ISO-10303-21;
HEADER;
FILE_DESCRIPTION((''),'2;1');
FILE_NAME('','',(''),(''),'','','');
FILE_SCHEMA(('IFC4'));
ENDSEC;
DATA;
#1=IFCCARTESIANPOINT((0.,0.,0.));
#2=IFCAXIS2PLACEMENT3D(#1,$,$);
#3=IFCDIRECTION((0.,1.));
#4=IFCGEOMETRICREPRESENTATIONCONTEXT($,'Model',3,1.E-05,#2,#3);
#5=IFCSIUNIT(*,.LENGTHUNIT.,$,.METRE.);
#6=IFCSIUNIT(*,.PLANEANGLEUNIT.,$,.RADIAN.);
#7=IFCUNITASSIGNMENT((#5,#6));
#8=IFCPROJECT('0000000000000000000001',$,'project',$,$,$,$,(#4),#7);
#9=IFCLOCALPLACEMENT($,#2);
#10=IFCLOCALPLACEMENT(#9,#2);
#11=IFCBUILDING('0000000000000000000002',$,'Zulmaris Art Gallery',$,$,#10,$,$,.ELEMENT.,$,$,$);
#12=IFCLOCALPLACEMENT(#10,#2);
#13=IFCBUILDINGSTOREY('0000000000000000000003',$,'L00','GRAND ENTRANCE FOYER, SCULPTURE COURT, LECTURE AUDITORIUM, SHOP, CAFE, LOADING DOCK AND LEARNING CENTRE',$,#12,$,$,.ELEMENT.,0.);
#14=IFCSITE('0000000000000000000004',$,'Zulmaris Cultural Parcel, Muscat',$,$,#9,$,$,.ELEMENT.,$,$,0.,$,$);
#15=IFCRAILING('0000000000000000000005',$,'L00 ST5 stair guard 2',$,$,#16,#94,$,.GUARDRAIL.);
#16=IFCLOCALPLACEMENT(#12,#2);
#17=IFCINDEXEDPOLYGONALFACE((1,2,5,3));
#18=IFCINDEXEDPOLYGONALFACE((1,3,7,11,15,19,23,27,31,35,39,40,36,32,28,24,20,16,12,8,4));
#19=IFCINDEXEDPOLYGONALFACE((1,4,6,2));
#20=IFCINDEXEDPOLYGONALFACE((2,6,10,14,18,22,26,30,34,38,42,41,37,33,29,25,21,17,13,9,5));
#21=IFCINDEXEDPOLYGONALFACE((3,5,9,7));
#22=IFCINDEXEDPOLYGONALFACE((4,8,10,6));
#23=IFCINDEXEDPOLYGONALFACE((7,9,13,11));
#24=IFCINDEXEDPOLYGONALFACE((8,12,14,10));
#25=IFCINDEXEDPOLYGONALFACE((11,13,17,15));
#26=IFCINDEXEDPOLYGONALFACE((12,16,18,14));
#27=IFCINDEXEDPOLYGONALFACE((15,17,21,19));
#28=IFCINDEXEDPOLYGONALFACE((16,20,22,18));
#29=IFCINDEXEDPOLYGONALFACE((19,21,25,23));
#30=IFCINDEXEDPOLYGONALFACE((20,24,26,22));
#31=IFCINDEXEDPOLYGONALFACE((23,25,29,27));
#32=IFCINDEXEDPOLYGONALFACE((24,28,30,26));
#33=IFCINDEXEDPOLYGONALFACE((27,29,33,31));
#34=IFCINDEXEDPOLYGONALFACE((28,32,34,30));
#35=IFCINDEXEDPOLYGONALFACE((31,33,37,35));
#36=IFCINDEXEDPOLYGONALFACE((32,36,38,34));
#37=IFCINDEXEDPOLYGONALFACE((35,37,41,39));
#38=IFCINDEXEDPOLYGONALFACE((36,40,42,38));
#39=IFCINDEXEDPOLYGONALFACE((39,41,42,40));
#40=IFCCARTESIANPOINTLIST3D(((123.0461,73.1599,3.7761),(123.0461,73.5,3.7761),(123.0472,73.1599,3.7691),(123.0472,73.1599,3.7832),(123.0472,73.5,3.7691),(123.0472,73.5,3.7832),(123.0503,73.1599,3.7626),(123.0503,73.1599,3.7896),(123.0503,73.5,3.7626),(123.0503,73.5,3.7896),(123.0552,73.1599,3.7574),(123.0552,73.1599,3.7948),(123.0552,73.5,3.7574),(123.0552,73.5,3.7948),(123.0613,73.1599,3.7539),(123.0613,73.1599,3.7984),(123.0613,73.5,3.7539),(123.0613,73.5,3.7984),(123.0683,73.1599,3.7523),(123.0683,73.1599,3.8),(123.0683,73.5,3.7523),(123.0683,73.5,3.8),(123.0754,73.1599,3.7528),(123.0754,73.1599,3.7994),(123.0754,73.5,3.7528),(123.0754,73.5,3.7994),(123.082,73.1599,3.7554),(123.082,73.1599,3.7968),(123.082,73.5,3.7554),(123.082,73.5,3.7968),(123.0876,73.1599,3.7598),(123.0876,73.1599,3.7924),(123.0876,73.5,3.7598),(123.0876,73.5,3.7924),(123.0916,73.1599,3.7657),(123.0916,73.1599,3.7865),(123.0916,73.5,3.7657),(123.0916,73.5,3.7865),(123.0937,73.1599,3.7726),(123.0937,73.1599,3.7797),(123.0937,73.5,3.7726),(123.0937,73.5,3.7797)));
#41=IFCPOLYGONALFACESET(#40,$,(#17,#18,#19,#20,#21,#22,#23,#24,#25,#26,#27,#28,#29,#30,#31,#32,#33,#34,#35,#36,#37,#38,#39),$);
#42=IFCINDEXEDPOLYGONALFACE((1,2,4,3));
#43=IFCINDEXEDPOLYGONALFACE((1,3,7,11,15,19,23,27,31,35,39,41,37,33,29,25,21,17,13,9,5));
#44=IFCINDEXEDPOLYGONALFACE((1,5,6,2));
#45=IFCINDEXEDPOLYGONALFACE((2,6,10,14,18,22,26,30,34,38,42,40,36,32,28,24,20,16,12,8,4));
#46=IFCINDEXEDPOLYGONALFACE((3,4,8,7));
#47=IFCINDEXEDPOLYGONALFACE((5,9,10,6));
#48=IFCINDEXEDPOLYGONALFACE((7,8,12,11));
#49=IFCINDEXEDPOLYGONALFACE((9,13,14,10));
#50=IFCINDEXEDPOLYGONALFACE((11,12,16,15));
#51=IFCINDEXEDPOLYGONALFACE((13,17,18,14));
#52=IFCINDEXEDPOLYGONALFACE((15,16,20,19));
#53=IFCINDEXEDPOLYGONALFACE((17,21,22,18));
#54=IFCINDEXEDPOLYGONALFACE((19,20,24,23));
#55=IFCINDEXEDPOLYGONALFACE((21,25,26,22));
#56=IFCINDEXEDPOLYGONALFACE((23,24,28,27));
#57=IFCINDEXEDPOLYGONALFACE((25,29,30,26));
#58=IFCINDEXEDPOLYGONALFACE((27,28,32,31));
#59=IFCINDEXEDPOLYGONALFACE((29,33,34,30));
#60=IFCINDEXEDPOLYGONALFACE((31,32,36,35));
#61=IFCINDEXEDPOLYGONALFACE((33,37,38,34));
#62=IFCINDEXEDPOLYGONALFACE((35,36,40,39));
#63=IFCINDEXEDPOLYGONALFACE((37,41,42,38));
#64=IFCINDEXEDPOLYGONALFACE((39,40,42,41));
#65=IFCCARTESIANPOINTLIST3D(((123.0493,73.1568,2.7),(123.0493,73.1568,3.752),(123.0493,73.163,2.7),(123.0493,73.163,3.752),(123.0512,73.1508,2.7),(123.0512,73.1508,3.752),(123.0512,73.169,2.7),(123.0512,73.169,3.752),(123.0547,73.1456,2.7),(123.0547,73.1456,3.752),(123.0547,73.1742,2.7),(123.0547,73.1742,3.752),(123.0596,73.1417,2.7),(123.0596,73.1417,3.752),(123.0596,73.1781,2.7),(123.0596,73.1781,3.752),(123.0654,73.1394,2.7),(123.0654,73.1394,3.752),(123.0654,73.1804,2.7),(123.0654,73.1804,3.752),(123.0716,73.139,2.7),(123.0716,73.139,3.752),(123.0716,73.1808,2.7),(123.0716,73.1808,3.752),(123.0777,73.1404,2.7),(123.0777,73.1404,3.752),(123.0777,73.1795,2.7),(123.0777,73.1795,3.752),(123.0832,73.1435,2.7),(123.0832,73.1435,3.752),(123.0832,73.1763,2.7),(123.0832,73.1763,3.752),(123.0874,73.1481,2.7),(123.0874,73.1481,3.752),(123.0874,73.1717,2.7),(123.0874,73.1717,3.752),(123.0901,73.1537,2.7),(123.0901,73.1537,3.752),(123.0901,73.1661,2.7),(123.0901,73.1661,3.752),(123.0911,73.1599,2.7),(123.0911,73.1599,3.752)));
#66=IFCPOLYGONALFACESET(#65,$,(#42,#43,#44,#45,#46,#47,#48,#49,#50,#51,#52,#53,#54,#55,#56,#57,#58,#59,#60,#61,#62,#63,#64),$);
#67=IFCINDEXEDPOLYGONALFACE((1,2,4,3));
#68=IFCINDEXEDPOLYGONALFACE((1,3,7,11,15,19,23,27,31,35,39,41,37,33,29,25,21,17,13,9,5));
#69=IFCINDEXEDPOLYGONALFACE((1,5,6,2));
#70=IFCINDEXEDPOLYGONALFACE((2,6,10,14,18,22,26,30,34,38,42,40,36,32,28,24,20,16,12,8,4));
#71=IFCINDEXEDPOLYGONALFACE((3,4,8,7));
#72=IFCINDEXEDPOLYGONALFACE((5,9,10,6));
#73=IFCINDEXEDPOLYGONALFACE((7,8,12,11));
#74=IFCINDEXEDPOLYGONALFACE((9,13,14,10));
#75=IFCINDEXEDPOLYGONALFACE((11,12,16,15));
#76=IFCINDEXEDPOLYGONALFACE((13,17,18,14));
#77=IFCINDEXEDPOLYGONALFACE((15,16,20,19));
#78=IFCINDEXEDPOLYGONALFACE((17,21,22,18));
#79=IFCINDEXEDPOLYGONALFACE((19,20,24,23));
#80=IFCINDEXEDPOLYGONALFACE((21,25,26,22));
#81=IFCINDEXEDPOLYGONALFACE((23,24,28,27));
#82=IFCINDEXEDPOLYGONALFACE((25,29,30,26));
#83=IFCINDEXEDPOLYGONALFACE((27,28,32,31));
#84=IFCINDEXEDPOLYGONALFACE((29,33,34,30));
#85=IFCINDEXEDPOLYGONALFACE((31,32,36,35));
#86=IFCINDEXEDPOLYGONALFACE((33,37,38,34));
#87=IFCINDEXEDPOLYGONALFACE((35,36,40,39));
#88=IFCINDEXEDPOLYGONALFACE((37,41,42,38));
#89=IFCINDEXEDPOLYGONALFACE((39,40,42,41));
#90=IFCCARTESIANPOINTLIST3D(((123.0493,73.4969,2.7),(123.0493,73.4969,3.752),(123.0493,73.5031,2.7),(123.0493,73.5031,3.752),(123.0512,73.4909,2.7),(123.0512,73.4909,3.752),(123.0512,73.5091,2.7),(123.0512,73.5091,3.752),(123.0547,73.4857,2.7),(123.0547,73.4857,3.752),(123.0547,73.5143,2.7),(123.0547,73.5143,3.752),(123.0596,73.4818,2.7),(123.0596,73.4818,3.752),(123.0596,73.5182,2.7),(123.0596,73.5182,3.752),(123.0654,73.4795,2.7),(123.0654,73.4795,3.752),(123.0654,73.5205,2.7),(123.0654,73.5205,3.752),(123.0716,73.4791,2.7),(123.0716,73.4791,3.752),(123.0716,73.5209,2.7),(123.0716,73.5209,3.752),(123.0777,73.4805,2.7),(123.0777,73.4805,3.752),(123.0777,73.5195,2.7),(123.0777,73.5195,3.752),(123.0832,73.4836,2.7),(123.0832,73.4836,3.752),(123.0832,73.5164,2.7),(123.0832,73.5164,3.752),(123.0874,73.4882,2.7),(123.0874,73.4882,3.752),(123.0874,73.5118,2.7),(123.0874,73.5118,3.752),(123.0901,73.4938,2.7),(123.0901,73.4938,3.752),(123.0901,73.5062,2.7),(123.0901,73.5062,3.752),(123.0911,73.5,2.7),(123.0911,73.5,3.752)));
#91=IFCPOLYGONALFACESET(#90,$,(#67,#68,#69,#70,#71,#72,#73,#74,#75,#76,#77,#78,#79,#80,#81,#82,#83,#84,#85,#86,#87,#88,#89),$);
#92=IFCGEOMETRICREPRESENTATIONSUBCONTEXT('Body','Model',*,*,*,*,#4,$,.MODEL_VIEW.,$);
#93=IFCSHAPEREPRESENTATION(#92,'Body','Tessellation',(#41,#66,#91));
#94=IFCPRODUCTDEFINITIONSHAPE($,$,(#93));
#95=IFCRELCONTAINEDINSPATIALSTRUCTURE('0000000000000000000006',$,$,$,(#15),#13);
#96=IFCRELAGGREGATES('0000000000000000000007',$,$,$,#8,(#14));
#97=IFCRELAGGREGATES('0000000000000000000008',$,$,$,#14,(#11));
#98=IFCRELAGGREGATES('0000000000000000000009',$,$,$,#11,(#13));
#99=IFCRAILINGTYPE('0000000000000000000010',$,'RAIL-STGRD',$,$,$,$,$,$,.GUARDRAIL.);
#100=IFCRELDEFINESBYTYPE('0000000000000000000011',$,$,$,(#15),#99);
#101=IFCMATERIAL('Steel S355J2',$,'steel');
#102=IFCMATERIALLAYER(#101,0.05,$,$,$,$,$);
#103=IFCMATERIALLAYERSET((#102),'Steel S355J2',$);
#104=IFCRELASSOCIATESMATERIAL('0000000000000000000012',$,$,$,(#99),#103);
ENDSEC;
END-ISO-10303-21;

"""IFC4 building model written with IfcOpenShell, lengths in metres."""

from ifc_helpers import new_model, si_unit, direction, frame, origin, origin_2d, place, context, subcontext, project, spatial, circle, extrude, material, layer, layer_set, type_object, element, save


model = new_model("IFC4")

# Units and contexts
model_context = context("Model", 3, precision=1e-05, world=origin(), true_north=direction((0.0, 1.0)))
body_context = subcontext(model_context, "Body", "Model", "MODEL_VIEW")
ifc_project = project(units=[si_unit("LENGTHUNIT", "METRE"), si_unit("PLANEANGLEUNIT", "RADIAN")], contexts=[model_context])

# Site, building, storey
site_placement = place(None, origin())
site = spatial("IfcSite", under=ifc_project, at=site_placement, Name="Zulmaris Cultural Parcel, Muscat", CompositionType="ELEMENT", RefElevation=0.0)
building_placement = place(site_placement, origin())
building = spatial("IfcBuilding", under=site, at=building_placement, Name="Zulmaris Art Gallery", CompositionType="ELEMENT")
storey_placement = place(building_placement, origin())
storey = spatial("IfcBuildingStorey", under=building, at=storey_placement, Name="L00", Description="GRAND ENTRANCE FOYER, SCULPTURE COURT, LECTURE AUDITORIUM, SHOP, CAFE, LOADING DOCK AND LEARNING CENTRE", CompositionType="ELEMENT", Elevation=0.0)

# Railing
ifc_material_1 = material(Name="Steel S355J2", Category="steel")
ifc_layer_1 = layer(ifc_material_1, 0.05)
ifc_layer_set_1 = layer_set([ifc_layer_1], Name="Steel S355J2")
railing_type_1 = type_object("IfcRailingType", Name="RAIL-STGRD", PredefinedType="GUARDRAIL", material=ifc_layer_set_1)
railing_1_placement = place(storey_placement, frame((123.0701, 73.1599, 2.7)))
element("IfcRailing", 1, at=railing_1_placement, inside=storey, type_object=railing_type_1, Name="L00 ST5 stair guard 2", PredefinedType="GUARDRAIL", context=body_context, shape_type="SweptSolid", body=[
    extrude(circle(Radius=0.0239, at=origin_2d()), frame((0.0, 0.0, 1.0762), z_axis=(0.0, 1.0, 0.0), x_axis=(-1.0, 0.0, 0.0)), (0.0, 0.0, 1.0), 0.3401),
    extrude(circle(Radius=0.021, at=origin_2d()), origin(), (0.0, 0.0, 1.0), 1.052),
    extrude(circle(Radius=0.021, at=origin_2d()), frame((0.0, 0.3401, 0.0)), (0.0, 0.0, 1.0), 1.052),
])

save(model, "model.ifc")
